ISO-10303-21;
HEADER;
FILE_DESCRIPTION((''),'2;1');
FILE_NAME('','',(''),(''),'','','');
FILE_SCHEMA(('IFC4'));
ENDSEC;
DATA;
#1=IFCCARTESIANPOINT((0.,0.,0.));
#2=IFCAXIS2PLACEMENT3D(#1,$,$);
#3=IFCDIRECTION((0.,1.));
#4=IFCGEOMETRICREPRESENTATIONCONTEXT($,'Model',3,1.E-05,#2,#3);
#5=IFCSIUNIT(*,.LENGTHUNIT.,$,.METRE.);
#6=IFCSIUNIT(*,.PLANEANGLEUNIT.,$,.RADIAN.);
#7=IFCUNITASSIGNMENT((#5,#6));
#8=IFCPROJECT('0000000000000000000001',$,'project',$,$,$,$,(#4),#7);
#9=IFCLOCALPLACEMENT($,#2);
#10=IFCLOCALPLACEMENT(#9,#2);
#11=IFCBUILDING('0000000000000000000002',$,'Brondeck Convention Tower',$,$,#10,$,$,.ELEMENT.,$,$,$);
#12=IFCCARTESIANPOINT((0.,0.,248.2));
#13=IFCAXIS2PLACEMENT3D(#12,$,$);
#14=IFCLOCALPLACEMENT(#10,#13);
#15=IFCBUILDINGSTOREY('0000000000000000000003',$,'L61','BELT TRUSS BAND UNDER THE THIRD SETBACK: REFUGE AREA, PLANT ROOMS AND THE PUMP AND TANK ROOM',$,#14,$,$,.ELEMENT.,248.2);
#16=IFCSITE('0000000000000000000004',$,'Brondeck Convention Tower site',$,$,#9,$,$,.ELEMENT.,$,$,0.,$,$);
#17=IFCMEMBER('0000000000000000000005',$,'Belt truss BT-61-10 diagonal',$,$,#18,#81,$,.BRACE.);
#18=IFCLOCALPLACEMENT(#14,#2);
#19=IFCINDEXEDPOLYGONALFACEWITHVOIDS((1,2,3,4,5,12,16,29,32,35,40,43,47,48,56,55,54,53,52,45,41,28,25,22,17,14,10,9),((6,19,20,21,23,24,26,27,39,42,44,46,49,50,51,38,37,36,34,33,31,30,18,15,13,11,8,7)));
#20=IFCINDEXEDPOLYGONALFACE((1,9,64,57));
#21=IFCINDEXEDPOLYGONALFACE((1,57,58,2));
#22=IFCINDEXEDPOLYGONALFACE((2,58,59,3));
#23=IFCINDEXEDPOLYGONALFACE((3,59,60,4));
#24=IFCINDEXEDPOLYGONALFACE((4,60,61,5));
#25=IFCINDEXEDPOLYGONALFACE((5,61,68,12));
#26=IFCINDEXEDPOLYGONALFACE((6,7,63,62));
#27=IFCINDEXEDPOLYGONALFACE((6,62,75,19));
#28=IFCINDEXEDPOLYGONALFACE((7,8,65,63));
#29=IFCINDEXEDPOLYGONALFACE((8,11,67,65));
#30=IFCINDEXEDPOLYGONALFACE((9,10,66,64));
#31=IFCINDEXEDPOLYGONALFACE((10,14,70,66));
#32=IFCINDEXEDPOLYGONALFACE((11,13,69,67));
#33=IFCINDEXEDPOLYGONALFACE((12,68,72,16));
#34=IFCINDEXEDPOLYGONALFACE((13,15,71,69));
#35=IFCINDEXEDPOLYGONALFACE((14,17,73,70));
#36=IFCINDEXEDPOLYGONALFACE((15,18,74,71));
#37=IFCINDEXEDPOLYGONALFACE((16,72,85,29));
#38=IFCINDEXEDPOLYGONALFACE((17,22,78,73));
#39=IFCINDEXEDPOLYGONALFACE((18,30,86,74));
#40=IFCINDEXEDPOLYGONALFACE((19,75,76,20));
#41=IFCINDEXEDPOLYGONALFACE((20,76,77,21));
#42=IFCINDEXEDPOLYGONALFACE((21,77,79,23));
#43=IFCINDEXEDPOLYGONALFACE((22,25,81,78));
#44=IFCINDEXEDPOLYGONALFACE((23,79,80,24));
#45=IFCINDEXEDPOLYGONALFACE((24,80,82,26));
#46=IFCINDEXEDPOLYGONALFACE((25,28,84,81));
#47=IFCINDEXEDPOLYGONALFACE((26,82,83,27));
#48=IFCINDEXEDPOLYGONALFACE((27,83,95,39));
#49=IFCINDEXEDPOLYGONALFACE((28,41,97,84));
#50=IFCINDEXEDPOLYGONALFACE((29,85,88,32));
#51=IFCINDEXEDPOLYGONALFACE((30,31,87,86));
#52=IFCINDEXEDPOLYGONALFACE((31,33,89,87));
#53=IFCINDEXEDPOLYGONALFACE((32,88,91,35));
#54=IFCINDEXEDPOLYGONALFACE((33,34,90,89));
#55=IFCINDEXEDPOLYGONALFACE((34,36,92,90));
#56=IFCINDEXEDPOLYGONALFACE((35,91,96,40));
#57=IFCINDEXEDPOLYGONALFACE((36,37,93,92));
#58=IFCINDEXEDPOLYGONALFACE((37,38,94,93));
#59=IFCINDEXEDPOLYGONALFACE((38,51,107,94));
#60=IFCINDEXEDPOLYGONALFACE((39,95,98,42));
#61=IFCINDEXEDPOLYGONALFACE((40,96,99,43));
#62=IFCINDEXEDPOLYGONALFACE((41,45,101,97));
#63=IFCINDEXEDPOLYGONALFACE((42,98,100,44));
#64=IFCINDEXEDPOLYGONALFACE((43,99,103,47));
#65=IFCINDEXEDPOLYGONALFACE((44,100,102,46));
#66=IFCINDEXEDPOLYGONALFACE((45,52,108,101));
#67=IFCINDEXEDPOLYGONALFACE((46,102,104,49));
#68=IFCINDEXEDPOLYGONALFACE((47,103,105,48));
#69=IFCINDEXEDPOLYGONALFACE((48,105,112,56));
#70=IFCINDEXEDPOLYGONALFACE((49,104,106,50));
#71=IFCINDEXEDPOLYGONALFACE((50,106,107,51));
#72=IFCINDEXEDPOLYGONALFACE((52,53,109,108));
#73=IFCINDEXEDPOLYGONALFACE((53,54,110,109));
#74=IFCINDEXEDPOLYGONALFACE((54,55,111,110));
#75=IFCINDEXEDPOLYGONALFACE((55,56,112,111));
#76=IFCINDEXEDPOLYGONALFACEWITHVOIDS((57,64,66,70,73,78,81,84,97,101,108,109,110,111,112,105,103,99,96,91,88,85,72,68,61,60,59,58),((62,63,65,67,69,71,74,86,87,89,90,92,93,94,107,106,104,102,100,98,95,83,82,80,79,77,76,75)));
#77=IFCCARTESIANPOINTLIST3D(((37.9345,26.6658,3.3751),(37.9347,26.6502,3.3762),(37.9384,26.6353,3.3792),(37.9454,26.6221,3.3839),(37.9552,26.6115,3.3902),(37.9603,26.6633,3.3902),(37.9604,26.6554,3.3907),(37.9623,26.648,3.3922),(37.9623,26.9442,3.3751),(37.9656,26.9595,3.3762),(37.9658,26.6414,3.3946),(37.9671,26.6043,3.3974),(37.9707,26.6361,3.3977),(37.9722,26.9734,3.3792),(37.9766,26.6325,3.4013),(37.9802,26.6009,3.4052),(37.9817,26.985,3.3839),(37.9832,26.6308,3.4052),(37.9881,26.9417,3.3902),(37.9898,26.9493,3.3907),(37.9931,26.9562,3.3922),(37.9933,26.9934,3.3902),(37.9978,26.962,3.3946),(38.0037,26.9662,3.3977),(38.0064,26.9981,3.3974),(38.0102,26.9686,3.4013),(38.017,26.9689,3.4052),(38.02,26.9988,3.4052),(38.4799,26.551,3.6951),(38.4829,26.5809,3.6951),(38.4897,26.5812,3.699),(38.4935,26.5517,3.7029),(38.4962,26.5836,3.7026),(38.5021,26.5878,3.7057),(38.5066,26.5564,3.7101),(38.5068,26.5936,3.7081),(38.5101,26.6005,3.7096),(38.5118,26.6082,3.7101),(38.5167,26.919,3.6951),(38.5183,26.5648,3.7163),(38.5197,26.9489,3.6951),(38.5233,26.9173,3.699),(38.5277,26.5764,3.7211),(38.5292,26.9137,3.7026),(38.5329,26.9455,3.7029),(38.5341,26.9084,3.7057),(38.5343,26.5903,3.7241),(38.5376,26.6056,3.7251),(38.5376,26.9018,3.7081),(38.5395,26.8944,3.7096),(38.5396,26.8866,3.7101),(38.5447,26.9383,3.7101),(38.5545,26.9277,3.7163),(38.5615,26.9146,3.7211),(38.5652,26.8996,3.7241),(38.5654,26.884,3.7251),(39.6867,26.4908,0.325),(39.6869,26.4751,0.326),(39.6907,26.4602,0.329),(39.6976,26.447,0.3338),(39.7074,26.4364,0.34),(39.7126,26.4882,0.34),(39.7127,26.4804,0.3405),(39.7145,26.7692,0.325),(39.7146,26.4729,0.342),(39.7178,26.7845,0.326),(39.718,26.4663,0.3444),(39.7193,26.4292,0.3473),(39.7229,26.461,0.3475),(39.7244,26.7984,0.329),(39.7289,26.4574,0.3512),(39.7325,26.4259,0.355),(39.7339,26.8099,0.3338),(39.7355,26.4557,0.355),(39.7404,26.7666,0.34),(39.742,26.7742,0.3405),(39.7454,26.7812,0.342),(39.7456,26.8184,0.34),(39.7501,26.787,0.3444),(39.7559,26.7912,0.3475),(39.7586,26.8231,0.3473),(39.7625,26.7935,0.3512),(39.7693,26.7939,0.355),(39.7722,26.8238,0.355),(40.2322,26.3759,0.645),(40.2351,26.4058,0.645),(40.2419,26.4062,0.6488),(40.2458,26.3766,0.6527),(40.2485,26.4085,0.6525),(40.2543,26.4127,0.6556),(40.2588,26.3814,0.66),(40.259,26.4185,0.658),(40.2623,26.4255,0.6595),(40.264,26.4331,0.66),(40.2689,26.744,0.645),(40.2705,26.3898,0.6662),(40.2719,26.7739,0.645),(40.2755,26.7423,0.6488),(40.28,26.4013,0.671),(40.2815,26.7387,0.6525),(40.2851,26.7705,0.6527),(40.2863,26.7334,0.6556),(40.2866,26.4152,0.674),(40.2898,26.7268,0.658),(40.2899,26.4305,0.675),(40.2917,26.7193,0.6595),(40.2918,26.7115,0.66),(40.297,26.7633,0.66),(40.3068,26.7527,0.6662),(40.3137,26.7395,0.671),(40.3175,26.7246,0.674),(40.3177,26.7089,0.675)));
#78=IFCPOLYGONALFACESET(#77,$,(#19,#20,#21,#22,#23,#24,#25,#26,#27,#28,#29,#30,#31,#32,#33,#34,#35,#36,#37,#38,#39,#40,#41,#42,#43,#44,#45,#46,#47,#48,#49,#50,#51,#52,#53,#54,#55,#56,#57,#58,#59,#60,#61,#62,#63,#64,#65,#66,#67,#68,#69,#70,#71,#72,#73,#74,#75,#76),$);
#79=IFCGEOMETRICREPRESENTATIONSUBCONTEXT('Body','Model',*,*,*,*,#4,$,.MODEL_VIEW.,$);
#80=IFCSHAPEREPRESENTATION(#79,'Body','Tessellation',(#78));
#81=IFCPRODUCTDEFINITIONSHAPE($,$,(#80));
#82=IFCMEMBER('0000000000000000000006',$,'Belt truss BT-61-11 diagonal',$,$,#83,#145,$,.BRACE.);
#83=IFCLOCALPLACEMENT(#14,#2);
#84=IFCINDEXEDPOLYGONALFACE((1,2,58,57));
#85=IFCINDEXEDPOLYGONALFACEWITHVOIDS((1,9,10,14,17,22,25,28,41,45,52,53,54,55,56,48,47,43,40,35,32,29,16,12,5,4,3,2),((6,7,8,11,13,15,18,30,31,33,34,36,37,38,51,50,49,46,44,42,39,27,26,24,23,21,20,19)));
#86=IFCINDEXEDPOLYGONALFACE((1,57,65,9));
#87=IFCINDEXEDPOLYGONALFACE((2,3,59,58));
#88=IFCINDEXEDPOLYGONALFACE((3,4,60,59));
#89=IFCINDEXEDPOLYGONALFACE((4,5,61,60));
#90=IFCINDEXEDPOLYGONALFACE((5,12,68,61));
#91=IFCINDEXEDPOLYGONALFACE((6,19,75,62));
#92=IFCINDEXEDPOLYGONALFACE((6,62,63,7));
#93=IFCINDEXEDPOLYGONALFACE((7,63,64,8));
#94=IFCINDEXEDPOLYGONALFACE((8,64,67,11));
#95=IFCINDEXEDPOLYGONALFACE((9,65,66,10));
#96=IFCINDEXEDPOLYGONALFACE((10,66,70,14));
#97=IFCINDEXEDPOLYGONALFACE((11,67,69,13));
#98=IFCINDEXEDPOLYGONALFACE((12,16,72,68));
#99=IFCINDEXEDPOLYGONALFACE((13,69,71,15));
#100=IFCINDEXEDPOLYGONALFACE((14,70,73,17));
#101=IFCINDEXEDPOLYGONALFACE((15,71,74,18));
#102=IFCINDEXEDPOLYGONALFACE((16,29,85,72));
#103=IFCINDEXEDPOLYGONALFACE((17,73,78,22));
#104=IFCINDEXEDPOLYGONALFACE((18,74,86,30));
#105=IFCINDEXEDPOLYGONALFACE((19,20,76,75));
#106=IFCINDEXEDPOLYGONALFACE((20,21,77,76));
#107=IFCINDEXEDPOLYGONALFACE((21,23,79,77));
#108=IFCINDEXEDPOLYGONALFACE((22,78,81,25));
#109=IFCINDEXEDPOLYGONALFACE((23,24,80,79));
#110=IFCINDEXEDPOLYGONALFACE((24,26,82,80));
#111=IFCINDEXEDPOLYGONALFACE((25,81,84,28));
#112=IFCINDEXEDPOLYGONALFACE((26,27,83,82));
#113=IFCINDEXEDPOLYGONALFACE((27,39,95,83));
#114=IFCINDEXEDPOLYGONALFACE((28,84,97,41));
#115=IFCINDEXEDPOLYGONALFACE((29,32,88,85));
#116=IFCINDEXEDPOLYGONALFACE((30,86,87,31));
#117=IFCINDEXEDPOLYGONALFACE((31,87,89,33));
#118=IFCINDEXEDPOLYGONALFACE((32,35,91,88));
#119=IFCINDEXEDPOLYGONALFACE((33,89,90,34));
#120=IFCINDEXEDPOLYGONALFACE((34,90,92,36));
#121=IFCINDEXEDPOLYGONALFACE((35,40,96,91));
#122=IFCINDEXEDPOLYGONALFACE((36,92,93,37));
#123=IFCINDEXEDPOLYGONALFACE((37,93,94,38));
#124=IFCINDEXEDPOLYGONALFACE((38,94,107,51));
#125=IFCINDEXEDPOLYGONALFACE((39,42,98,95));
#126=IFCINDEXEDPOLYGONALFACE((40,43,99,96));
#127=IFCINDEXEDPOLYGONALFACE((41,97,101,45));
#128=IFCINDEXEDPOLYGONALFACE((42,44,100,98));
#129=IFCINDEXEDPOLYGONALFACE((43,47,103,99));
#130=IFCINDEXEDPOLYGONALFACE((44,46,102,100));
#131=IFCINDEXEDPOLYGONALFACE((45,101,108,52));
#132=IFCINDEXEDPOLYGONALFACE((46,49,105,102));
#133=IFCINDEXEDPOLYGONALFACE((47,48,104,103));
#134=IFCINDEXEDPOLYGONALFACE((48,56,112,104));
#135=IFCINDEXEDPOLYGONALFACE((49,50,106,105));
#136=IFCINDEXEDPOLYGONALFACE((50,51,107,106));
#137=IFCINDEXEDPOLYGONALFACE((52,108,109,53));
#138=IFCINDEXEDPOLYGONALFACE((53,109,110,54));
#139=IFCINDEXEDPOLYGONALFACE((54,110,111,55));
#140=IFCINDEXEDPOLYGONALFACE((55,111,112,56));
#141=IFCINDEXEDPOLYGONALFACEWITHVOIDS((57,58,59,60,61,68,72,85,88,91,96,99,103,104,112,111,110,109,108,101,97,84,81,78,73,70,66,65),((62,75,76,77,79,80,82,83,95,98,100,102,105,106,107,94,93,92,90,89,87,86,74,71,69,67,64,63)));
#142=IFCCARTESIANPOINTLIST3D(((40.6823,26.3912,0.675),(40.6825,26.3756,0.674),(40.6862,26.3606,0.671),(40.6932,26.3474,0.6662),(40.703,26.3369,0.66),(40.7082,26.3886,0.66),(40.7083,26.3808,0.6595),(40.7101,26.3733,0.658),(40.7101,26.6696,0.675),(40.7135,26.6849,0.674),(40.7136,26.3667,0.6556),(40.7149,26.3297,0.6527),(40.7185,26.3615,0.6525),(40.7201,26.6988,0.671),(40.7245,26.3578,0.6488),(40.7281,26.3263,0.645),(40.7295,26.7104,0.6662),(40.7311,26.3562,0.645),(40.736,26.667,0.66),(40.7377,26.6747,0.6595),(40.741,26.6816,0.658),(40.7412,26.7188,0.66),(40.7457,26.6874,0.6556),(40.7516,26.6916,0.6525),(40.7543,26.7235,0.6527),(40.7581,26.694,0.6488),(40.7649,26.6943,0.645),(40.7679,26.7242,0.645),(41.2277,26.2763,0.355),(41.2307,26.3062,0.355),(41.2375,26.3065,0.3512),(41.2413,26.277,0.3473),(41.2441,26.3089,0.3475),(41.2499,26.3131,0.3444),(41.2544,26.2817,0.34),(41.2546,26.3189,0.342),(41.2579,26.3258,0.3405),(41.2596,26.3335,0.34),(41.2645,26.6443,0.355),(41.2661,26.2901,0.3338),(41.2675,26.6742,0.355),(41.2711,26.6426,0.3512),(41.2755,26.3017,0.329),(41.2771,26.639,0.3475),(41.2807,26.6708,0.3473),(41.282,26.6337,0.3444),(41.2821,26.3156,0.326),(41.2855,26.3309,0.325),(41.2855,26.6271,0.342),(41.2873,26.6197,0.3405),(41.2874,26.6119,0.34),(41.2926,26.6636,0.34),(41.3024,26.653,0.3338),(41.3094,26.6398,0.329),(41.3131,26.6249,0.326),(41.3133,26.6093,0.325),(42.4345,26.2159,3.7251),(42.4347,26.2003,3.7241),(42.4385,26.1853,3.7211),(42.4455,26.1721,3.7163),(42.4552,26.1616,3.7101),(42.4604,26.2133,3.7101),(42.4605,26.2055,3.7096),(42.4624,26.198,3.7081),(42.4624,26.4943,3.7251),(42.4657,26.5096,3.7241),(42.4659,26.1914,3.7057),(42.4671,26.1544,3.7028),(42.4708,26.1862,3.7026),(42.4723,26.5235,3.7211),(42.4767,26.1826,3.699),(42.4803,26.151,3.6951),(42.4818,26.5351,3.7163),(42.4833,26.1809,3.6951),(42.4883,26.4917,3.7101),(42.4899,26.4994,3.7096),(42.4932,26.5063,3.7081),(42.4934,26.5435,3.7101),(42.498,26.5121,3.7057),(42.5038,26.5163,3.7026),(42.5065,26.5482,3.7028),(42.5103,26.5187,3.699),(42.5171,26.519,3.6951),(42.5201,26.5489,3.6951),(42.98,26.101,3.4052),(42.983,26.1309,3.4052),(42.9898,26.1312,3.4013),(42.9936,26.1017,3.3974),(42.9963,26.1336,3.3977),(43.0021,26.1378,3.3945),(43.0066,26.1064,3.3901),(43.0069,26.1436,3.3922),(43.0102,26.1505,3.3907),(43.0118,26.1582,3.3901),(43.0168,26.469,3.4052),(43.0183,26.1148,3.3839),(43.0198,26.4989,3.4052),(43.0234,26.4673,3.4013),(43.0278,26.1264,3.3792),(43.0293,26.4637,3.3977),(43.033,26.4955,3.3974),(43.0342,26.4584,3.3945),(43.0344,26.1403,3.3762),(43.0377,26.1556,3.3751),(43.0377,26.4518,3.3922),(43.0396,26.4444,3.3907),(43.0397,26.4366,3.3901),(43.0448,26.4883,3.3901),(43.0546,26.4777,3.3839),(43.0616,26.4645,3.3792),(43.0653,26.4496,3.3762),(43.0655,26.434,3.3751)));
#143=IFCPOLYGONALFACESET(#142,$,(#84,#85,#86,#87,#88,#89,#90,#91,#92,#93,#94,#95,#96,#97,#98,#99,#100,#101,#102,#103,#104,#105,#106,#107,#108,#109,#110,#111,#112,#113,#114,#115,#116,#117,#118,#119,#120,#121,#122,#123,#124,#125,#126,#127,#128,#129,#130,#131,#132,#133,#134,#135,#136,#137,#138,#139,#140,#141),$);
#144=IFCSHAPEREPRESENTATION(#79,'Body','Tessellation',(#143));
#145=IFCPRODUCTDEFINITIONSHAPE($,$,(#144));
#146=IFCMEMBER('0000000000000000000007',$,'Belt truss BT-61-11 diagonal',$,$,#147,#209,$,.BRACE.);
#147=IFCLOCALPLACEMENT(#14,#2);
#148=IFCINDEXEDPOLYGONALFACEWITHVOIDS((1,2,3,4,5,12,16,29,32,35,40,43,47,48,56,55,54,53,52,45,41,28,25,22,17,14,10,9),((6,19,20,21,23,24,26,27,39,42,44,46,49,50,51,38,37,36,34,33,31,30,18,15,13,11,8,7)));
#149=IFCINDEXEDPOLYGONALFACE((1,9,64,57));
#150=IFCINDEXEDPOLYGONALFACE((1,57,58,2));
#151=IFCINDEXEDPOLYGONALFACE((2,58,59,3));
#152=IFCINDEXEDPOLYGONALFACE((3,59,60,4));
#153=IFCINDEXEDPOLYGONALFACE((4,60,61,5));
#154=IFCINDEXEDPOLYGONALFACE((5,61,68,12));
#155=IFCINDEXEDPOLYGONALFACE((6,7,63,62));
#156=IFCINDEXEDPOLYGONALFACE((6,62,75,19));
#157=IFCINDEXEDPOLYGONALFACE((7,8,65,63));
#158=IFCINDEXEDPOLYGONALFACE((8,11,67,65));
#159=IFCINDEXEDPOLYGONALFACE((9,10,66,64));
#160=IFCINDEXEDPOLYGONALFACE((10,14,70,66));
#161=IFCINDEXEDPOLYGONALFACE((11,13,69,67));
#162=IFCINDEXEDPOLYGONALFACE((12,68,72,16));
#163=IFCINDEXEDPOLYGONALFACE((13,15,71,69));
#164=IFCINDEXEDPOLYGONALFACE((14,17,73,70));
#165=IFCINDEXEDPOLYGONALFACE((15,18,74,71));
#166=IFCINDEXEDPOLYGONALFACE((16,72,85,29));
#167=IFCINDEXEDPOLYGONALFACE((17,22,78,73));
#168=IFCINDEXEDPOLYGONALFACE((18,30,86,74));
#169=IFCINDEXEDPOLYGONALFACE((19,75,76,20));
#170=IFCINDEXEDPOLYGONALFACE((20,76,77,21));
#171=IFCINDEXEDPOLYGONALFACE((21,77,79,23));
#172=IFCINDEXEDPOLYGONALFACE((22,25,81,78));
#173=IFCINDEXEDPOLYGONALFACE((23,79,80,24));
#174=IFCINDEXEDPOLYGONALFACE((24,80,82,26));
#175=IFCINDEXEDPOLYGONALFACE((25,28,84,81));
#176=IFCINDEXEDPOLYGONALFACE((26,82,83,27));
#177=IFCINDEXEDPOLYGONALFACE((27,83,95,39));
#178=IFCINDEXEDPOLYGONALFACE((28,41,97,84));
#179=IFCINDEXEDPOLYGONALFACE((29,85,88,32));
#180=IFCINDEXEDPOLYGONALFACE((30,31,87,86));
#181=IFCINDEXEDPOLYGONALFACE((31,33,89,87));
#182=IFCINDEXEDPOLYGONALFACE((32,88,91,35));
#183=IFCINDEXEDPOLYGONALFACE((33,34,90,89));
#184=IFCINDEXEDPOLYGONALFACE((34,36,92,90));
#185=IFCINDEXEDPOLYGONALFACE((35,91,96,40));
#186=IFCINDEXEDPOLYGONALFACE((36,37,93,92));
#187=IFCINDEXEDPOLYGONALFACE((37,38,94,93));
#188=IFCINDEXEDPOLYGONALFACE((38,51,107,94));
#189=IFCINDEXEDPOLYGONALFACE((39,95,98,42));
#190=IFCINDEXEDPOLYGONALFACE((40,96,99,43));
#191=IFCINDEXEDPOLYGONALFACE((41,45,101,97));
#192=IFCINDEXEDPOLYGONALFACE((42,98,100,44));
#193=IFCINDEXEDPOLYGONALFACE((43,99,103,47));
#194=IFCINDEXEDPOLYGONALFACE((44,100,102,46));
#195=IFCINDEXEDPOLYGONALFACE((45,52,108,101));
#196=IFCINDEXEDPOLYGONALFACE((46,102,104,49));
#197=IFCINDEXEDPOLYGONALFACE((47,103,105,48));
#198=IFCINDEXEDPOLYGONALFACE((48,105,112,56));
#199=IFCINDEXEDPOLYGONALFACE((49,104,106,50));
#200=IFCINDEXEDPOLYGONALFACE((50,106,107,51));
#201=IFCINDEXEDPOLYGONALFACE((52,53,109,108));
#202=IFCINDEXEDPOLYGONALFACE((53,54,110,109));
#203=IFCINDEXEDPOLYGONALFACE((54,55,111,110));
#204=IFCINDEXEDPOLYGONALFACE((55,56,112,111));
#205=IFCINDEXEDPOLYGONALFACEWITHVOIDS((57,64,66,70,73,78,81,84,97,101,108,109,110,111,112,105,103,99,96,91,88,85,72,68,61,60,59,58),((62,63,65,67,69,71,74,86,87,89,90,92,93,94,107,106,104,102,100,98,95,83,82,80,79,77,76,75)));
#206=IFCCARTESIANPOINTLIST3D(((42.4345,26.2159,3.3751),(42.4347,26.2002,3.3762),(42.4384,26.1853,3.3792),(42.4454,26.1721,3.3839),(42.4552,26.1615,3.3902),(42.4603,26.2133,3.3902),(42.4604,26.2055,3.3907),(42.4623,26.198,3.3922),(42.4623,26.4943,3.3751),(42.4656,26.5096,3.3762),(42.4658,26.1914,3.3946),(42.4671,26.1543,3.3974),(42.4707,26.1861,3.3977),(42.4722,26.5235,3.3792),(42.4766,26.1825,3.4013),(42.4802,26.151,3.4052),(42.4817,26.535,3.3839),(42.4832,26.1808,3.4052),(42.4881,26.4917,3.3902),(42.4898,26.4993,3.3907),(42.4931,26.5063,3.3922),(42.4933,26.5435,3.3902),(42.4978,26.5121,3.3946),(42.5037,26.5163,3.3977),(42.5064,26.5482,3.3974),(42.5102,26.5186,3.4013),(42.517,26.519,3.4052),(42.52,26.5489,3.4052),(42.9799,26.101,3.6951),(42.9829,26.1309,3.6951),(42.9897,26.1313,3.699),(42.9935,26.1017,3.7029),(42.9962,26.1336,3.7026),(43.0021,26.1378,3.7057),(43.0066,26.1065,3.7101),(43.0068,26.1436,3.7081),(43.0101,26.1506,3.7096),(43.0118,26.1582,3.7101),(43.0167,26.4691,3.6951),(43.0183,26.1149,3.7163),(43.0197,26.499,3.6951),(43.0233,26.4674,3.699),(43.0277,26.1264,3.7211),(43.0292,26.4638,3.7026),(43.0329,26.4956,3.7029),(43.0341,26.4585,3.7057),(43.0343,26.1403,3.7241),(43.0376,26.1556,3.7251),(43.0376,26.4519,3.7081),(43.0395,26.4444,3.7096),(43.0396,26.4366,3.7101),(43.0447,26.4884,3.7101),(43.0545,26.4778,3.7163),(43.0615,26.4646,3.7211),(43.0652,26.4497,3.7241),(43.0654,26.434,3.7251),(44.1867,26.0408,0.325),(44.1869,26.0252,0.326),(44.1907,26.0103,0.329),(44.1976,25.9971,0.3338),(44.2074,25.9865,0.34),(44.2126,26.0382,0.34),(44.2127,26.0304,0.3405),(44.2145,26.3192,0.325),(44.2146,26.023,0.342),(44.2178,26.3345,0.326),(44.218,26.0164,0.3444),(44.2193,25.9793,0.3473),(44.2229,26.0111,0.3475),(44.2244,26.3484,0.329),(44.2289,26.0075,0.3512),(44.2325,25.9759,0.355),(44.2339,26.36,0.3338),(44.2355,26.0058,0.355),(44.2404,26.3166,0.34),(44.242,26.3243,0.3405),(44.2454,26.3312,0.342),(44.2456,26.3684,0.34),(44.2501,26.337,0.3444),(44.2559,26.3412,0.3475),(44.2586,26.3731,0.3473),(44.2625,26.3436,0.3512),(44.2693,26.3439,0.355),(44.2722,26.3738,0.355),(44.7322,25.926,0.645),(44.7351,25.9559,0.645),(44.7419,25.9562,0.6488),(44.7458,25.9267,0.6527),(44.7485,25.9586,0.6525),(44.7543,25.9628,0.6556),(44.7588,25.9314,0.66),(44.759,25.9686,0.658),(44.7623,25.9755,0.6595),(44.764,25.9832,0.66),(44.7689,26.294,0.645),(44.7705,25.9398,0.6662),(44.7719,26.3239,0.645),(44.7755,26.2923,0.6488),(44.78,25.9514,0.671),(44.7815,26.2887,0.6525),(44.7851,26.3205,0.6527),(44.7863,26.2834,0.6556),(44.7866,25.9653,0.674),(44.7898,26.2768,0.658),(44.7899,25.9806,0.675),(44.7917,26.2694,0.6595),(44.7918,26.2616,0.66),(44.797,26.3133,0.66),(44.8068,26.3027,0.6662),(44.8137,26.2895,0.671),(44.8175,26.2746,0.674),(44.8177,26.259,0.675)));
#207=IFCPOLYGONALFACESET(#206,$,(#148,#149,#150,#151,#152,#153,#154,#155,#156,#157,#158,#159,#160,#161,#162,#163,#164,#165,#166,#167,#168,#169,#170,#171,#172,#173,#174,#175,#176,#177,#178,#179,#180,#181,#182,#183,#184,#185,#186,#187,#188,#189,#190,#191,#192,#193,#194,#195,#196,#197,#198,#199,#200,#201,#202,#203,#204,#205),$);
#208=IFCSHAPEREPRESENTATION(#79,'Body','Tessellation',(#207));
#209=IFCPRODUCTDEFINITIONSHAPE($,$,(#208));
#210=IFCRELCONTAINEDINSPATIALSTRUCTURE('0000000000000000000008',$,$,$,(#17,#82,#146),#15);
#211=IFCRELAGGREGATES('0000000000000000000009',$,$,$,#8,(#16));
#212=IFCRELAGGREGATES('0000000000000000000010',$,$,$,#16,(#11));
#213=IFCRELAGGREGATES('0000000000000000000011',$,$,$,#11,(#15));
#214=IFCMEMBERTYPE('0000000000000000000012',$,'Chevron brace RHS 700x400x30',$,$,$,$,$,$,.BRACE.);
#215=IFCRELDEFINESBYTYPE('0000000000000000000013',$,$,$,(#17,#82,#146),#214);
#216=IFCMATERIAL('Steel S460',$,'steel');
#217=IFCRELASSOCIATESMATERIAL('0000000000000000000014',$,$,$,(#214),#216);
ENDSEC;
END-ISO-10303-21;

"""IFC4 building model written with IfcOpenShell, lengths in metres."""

from ifc_helpers import new_model, si_unit, direction, frame, origin, origin_2d, place, context, subcontext, project, spatial, hollow_rectangle, extrude, material, material_profile, profile_set, type_object, element, save


model = new_model("IFC4")

# Units and contexts
model_context = context("Model", 3, precision=1e-05, world=origin(), true_north=direction((0.0, 1.0)))
body_context = subcontext(model_context, "Body", "Model", "MODEL_VIEW")
ifc_project = project(units=[si_unit("LENGTHUNIT", "METRE"), si_unit("PLANEANGLEUNIT", "RADIAN")], contexts=[model_context])

# Site, building, storey
site_placement = place(None, origin())
site = spatial("IfcSite", under=ifc_project, at=site_placement, Name="Brondeck Convention Tower site", CompositionType="ELEMENT", RefElevation=0.0)
building_placement = place(site_placement, origin())
building = spatial("IfcBuilding", under=site, at=building_placement, Name="Brondeck Convention Tower", CompositionType="ELEMENT")
storey_placement = place(building_placement, frame((0.0, 0.0, 248.2)))
storey = spatial("IfcBuildingStorey", under=building, at=storey_placement, Name="L61", Description="BELT TRUSS BAND UNDER THE THIRD SETBACK: REFUGE AREA, PLANT ROOMS AND THE PUMP AND TANK ROOM", CompositionType="ELEMENT", Elevation=248.2)

# Members
ifc_material_1 = material(Name="Steel S460", Category="steel")
ifc_material_profile_1 = material_profile(ifc_material_1, hollow_rectangle(XDim=0.3999, YDim=0.7, WallThickness=0.03, InnerFilletRadius=0.03, OuterFilletRadius=0.0601, at=origin_2d()), Name="RHS 700x400x30")
ifc_profile_set_1 = profile_set([ifc_material_profile_1], Name="Steel S460")
member_type_1 = type_object("IfcMemberType", Name="Chevron brace RHS 700x400x30", PredefinedType="BRACE", material=ifc_profile_set_1)
for number, where, z_axis, x_axis, name in (
    (1, (40.0022, 26.5999, 0.5), (-0.497518, 0.049703, 0.866029), (-0.099408, -0.995047, 0.0), "Belt truss BT-61-10 diagonal"),
    (2, (40.9978, 26.5002, 0.5), (0.497516, -0.049772, 0.866026), (0.099545, 0.995033, 0.0), "Belt truss BT-61-11 diagonal"),
    (3, (44.5022, 26.1499, 0.5), (-0.497518, 0.049703, 0.866029), (-0.099408, -0.995047, 0.0), "Belt truss BT-61-11 diagonal"),
):
    element("IfcMember", number, at=place(storey_placement, frame(where, z_axis=z_axis, x_axis=x_axis)), inside=storey, type_object=member_type_1, Name=name, PredefinedType="BRACE", context=body_context, shape_type="SweptSolid", body=[
        extrude(hollow_rectangle(XDim=0.3999, YDim=0.7, WallThickness=0.03, InnerFilletRadius=0.03, OuterFilletRadius=0.0601, at=origin_2d()), origin(), (0.0, 0.0, 1.0), 3.522),
    ])

save(model, "model.ifc")
